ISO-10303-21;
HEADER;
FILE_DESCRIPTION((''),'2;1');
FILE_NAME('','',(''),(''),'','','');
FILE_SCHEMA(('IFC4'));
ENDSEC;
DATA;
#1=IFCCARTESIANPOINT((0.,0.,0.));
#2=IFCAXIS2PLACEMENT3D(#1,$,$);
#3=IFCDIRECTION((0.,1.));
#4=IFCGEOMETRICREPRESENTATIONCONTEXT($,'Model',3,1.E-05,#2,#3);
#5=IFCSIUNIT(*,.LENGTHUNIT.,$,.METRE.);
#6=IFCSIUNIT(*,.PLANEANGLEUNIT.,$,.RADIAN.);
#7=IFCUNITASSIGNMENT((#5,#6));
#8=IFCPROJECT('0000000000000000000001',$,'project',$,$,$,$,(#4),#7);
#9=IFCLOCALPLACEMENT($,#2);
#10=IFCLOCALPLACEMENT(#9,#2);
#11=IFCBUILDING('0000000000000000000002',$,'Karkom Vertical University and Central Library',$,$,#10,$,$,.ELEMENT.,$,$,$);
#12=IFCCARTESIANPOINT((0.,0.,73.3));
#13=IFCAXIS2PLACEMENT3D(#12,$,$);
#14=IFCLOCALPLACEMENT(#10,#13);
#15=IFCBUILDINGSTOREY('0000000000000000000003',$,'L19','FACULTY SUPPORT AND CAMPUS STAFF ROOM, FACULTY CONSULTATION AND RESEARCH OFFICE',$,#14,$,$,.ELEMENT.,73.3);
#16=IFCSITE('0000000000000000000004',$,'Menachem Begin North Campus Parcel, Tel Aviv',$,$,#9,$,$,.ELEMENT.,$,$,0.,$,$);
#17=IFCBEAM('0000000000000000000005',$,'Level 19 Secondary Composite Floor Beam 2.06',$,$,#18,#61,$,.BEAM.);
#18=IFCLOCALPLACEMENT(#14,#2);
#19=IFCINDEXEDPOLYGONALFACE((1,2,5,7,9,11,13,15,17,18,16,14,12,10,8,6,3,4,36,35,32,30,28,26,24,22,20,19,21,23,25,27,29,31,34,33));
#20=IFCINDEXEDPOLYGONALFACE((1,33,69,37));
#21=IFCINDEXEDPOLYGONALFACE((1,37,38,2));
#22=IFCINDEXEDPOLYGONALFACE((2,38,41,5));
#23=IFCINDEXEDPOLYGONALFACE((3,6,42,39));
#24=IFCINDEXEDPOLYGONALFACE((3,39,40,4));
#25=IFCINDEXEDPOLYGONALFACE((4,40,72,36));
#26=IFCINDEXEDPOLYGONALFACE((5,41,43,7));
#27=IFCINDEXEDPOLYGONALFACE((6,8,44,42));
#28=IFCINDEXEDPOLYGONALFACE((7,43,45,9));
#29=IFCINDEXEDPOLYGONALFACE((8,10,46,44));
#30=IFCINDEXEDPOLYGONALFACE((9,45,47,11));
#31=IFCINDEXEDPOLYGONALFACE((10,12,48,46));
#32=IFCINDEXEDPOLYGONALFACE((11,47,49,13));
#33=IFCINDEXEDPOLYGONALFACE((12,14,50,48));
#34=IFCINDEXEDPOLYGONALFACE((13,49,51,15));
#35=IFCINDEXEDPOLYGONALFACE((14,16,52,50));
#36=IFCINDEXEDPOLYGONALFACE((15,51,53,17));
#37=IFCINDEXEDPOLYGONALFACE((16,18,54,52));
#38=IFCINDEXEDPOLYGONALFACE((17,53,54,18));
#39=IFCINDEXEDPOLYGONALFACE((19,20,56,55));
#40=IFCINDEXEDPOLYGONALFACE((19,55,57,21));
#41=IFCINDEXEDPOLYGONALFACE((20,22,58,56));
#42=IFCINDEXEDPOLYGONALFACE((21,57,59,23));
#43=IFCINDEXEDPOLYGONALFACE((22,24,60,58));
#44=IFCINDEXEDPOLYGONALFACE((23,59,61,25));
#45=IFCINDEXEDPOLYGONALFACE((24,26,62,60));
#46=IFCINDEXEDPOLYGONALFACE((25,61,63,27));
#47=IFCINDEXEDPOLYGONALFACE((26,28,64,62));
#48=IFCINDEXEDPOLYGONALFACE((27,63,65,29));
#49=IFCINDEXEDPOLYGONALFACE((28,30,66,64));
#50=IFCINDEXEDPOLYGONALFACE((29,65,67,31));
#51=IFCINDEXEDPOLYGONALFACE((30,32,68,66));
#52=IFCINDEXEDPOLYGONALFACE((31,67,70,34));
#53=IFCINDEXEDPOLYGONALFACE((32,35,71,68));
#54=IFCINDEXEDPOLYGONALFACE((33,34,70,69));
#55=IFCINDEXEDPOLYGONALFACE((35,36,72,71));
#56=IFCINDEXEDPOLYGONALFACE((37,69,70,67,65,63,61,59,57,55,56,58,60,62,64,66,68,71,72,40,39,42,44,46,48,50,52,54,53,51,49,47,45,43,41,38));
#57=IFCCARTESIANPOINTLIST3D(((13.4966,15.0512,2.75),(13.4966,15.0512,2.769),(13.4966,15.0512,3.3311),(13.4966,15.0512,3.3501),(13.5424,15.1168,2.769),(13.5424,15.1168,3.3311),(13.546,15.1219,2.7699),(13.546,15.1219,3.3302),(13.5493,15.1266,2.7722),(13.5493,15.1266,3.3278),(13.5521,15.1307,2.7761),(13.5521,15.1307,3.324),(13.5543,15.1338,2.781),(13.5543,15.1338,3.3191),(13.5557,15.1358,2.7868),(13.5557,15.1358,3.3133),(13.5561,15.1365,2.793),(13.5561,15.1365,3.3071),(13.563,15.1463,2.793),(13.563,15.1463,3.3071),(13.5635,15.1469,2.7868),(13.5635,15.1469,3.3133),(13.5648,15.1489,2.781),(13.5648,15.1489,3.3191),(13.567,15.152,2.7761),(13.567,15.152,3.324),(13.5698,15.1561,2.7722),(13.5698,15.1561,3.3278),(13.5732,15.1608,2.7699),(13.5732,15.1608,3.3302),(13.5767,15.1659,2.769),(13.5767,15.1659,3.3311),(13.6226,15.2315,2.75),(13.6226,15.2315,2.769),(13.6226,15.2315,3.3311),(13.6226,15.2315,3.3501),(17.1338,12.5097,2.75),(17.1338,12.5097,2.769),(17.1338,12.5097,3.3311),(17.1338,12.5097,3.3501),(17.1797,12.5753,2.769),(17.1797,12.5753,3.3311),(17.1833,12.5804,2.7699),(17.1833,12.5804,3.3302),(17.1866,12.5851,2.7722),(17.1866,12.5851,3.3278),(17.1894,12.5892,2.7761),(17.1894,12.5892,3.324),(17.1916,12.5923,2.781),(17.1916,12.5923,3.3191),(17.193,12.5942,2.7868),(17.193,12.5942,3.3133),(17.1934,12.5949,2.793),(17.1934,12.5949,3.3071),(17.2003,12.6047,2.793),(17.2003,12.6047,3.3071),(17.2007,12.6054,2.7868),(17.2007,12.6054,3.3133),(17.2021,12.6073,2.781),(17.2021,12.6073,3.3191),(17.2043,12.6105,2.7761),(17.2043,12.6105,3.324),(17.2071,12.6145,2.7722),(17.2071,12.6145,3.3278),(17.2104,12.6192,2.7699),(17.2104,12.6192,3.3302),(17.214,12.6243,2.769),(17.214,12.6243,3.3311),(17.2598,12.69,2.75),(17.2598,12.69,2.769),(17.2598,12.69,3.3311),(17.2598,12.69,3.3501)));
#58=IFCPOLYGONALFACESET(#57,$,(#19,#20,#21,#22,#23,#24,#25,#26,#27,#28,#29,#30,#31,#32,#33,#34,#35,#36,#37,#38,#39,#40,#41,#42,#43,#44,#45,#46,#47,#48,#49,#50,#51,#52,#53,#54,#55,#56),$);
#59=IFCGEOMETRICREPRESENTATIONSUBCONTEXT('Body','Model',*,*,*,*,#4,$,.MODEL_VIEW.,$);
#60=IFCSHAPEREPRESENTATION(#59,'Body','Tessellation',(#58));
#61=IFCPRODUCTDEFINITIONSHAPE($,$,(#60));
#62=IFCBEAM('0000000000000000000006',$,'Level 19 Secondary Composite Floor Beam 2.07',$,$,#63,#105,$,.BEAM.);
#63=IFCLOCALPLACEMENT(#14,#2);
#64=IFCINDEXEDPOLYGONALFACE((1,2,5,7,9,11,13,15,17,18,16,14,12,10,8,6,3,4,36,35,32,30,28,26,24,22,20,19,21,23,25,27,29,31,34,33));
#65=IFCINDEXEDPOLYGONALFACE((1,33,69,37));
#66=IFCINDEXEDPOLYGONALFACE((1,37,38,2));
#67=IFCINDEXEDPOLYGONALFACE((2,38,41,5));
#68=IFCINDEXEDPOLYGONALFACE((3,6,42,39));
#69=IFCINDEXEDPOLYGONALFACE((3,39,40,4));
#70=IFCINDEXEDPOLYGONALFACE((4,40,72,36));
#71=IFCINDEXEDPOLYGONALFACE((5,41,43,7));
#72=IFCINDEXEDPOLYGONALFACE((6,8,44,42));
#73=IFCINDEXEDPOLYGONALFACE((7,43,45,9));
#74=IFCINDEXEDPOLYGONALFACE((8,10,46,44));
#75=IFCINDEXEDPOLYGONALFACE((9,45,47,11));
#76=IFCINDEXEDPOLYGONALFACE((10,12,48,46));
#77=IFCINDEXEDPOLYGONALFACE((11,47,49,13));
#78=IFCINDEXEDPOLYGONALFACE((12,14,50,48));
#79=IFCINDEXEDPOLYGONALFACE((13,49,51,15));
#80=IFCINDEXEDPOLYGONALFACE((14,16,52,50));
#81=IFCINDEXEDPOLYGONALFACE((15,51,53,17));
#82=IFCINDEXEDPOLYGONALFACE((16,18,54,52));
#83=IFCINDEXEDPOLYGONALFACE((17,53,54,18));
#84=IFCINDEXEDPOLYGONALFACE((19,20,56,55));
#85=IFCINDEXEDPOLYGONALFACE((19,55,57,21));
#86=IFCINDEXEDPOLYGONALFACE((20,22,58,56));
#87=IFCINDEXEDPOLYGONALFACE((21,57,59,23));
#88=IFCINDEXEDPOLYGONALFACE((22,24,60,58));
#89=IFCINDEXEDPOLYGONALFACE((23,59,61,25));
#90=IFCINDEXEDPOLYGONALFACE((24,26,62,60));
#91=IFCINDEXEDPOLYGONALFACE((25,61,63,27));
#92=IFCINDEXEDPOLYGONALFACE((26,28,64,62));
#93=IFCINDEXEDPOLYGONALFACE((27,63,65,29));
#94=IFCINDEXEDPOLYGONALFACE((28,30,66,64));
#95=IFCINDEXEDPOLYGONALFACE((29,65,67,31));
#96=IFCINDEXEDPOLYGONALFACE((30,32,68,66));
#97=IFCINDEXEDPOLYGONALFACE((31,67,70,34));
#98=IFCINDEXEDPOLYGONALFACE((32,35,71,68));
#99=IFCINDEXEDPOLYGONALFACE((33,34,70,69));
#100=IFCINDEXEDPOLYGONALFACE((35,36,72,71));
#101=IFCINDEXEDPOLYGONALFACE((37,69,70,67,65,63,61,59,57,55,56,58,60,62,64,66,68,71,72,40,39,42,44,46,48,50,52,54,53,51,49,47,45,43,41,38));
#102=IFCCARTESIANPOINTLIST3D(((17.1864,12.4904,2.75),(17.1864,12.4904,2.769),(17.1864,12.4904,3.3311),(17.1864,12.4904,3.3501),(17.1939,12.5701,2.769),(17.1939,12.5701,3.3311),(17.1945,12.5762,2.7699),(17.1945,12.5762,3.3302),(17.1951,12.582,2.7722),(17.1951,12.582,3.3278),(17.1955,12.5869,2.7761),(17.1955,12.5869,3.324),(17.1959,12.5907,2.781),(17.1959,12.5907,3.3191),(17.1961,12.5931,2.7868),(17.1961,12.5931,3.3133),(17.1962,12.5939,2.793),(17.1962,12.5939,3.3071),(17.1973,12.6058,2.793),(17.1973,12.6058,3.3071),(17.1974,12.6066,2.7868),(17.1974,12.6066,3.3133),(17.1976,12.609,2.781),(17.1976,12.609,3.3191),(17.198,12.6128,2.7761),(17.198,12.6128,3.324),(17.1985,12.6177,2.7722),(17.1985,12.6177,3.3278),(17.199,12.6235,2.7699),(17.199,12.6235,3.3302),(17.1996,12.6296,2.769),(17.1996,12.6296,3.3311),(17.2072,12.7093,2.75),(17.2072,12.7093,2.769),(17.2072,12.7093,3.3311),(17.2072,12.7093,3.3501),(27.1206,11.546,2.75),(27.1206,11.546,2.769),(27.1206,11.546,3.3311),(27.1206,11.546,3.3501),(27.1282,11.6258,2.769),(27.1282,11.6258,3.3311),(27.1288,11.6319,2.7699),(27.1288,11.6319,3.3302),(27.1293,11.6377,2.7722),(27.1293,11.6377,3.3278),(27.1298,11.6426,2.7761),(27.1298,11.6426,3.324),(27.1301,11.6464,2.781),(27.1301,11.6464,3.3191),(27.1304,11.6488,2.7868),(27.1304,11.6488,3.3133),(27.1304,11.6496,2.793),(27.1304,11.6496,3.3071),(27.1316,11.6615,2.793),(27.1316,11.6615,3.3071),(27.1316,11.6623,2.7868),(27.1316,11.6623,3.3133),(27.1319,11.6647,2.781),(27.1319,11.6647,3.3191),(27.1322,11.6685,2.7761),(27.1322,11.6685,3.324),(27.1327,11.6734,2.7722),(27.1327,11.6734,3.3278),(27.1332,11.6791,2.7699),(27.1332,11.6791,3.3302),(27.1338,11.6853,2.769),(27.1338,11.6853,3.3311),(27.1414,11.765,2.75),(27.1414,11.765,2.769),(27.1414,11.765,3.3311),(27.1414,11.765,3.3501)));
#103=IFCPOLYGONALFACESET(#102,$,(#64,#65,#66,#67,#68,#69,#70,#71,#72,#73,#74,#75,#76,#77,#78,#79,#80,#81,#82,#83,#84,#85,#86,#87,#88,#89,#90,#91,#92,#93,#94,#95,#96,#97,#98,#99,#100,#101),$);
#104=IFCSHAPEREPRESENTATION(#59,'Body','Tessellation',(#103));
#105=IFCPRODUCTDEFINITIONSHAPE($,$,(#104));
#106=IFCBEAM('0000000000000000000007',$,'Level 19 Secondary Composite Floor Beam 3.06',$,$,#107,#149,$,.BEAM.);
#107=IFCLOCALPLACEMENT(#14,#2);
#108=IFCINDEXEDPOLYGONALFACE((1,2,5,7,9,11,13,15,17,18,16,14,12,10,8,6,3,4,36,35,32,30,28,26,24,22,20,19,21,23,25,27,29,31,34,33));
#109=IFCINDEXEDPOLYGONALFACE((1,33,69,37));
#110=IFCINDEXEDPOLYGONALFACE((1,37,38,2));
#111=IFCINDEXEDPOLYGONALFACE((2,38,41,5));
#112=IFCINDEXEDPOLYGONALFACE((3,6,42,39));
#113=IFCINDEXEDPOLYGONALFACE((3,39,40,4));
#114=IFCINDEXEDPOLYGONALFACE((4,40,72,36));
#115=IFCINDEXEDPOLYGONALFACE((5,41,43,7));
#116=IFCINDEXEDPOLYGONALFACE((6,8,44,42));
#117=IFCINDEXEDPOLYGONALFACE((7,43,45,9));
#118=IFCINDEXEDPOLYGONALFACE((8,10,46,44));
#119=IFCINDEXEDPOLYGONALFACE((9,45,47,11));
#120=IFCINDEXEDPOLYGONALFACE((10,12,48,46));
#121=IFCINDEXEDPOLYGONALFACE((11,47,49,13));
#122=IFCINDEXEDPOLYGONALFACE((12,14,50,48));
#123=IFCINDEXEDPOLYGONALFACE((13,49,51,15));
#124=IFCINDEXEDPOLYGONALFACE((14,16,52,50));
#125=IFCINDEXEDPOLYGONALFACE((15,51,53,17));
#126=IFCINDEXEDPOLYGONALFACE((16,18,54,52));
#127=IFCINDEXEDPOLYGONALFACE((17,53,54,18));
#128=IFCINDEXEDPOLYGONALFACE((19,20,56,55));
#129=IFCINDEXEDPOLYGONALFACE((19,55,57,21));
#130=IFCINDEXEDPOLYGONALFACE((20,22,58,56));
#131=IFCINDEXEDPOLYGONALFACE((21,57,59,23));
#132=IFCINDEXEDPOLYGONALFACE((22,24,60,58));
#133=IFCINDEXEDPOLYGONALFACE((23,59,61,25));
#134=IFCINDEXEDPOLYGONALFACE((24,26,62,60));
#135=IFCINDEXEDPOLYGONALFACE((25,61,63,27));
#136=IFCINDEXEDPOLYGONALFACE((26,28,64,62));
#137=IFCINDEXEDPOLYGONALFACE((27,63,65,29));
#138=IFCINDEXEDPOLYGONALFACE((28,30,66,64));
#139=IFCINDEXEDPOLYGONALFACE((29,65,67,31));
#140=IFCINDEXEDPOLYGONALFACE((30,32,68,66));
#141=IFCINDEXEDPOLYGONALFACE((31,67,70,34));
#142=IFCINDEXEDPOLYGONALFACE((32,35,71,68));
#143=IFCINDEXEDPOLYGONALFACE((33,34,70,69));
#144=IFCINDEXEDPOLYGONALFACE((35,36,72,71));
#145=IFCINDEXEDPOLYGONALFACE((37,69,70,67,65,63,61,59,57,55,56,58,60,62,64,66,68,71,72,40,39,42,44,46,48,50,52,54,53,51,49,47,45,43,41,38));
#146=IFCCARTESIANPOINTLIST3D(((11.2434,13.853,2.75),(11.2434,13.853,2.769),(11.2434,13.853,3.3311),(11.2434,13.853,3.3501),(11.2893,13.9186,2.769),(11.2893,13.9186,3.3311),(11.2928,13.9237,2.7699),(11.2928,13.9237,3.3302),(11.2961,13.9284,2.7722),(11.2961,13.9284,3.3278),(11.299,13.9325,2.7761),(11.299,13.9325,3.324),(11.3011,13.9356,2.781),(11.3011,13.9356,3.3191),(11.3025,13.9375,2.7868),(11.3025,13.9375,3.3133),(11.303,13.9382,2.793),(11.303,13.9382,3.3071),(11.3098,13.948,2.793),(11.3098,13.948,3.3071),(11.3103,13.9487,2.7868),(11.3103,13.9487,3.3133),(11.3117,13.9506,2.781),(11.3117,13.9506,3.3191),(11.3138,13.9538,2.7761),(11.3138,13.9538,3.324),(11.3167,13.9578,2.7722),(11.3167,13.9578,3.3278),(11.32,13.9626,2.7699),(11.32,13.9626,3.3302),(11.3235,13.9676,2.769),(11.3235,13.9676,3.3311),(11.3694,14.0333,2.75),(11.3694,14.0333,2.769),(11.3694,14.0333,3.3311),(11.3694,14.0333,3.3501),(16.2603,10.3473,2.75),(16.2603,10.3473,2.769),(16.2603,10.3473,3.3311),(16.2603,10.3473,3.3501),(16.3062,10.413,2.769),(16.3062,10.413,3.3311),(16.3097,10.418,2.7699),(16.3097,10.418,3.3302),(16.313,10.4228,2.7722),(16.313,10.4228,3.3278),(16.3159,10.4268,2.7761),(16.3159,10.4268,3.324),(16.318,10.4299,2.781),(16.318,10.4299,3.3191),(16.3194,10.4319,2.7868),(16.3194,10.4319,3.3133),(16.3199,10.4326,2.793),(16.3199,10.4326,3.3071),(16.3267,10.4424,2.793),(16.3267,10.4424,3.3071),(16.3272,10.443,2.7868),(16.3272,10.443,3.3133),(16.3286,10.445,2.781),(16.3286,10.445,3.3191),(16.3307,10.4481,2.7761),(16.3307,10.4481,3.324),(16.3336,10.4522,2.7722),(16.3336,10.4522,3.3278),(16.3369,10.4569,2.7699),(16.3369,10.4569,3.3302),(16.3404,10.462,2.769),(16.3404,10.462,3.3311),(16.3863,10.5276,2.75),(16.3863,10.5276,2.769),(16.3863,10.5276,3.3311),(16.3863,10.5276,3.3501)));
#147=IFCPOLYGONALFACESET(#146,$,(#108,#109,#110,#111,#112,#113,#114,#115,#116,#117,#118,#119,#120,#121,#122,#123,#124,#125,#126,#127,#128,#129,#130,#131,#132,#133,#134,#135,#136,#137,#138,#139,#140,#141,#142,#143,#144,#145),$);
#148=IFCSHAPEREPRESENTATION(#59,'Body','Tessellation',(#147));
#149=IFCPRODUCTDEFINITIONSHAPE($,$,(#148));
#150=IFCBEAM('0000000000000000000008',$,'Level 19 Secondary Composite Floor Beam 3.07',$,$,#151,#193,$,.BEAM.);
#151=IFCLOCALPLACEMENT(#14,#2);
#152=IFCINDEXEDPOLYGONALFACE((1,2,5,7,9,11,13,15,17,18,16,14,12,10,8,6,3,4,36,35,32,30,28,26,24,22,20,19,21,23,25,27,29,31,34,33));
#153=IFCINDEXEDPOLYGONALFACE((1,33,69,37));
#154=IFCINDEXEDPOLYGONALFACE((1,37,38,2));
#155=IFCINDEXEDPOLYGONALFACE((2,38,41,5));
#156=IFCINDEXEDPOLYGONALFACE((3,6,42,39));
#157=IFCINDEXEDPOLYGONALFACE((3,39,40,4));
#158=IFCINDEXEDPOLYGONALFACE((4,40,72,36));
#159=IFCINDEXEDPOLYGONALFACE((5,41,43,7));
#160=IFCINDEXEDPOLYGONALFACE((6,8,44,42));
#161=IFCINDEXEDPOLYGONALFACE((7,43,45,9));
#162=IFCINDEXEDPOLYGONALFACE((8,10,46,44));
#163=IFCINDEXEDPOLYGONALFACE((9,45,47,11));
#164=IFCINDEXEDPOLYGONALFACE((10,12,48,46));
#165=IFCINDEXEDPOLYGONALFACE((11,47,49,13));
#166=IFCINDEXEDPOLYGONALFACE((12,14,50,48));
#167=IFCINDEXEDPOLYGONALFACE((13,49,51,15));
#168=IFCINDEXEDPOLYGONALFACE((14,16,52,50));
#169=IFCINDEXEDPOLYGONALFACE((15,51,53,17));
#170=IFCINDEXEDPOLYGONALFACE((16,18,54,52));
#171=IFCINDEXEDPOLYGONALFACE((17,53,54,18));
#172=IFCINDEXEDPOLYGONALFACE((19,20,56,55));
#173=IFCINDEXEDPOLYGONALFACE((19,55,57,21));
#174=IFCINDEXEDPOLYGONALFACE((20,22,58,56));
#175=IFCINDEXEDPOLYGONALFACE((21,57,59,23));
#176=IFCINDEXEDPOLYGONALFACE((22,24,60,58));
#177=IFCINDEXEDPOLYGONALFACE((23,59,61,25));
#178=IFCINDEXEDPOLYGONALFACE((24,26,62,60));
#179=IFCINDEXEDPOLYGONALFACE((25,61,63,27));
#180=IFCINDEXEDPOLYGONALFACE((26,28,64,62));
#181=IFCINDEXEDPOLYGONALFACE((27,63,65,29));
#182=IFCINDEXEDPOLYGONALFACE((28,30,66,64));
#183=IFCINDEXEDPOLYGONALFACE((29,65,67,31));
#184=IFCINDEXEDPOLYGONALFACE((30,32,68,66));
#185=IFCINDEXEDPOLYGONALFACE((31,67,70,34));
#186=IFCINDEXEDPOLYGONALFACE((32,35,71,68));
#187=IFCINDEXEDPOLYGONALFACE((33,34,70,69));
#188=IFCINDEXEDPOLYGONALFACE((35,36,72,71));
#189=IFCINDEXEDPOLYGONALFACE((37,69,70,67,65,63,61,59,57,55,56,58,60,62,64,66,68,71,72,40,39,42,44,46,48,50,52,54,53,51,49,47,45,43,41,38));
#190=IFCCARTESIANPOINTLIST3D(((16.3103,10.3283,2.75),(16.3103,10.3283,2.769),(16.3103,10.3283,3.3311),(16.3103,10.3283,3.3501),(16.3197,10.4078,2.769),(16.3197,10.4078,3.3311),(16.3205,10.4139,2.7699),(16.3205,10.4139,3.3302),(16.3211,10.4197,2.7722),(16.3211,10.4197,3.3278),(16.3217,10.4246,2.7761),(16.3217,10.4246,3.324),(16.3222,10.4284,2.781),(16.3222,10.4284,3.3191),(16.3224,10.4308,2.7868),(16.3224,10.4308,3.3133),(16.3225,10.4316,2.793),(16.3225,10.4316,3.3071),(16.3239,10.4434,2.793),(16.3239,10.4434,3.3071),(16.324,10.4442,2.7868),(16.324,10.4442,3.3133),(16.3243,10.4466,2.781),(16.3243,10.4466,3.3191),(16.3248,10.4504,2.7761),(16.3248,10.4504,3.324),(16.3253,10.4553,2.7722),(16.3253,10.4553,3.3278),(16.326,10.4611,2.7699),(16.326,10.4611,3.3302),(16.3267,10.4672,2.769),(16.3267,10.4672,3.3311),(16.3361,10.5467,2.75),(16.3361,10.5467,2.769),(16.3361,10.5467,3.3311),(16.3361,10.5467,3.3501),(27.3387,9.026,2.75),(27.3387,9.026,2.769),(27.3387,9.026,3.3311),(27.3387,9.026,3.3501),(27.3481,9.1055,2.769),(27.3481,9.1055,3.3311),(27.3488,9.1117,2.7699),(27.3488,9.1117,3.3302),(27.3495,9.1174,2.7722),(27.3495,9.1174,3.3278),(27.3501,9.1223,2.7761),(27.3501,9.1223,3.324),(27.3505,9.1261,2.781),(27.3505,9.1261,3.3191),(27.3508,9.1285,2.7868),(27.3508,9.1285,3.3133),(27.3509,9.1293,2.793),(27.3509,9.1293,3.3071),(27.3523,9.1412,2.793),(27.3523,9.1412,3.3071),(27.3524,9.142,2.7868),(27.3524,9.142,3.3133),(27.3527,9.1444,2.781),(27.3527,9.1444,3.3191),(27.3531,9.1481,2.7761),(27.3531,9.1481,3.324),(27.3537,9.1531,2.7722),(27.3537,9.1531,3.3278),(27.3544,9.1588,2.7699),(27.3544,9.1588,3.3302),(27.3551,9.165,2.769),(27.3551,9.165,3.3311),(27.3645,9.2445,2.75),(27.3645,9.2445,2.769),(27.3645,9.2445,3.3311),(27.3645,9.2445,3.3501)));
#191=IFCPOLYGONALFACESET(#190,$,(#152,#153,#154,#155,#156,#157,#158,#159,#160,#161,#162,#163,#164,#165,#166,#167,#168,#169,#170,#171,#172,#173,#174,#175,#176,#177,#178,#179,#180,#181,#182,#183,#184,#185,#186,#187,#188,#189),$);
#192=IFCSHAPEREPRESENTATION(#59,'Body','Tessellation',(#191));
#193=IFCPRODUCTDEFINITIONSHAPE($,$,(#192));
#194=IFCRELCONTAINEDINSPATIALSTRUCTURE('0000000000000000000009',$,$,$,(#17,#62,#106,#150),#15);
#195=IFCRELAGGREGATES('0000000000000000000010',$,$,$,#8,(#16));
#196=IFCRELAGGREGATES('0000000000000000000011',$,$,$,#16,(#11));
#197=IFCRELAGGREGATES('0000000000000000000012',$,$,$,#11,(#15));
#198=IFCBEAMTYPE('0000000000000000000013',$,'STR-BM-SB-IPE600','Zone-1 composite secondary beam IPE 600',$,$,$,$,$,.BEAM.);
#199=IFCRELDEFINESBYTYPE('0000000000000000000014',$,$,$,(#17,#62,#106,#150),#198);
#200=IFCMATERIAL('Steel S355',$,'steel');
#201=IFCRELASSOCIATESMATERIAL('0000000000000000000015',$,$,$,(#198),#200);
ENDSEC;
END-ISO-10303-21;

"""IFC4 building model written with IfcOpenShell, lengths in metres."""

from ifc_helpers import new_model, si_unit, direction, frame, origin, origin_with_axes, origin_2d, place, context, subcontext, project, spatial, i_section, extrude, source, transform, mapped, material, material_profile, profile_set, type_object, element, save


model = new_model("IFC4")

# Units and contexts
model_context = context("Model", 3, precision=1e-05, world=origin(), true_north=direction((0.0, 1.0)))
body_context = subcontext(model_context, "Body", "Model", "MODEL_VIEW")
ifc_project = project(units=[si_unit("LENGTHUNIT", "METRE"), si_unit("PLANEANGLEUNIT", "RADIAN")], contexts=[model_context])

# Site, building, storey
site_placement = place(None, origin())
site = spatial("IfcSite", under=ifc_project, at=site_placement, Name="Menachem Begin North Campus Parcel, Tel Aviv", CompositionType="ELEMENT", RefElevation=0.0)
building_placement = place(site_placement, origin())
building = spatial("IfcBuilding", under=site, at=building_placement, Name="Karkom Vertical University and Central Library", CompositionType="ELEMENT")
storey_placement = place(building_placement, frame((0.0, 0.0, 73.3)))
storey = spatial("IfcBuildingStorey", under=building, at=storey_placement, Name="L19", Description="FACULTY SUPPORT AND CAMPUS STAFF ROOM, FACULTY CONSULTATION AND RESEARCH OFFICE", CompositionType="ELEMENT", Elevation=73.3)

# Beams
ifc_material_1 = material(Name="Steel S355", Category="steel")
ifc_material_profile_1 = material_profile(ifc_material_1, i_section(OverallWidth=0.22, OverallDepth=0.6001, WebThickness=0.012, FlangeThickness=0.019, FilletRadius=0.0239, at=origin_2d()), Name="IPE 600")
ifc_profile_set_1 = profile_set([ifc_material_profile_1], Name="Steel S355")
beam_type_1 = type_object("IfcBeamType", Name="STR-BM-SB-IPE600", Description="Zone-1 composite secondary beam IPE 600", PredefinedType="BEAM", material=ifc_profile_set_1)
shared_shape_1 = source(origin_with_axes(), body_context, "Body", "SweptSolid", [
    extrude(i_section(OverallWidth=0.22, OverallDepth=0.6001, WebThickness=0.012, FlangeThickness=0.019, FilletRadius=0.0239, at=origin_2d()), origin(), (0.0, 0.0, 1.0), 4.4373),
])
beam_1_placement = place(storey_placement, frame((13.5596, 15.1414, 3.05), z_axis=(0.819712, -0.572775, 0.0), x_axis=(0.572775, 0.819712, 0.0)))
element("IfcBeam", 1, at=beam_1_placement, inside=storey, type_object=beam_type_1, Name="Level 19 Secondary Composite Floor Beam 2.06", PredefinedType="BEAM", context=body_context, shape_type="MappedRepresentation", body=[
    mapped(shared_shape_1, transform((0.0, 0.0, 0.0), scale=1.0)),
])
shared_shape_2 = source(origin_with_axes(), body_context, "Body", "SweptSolid", [
    extrude(i_section(OverallWidth=0.22, OverallDepth=0.6001, WebThickness=0.012, FlangeThickness=0.019, FilletRadius=0.0239, at=origin_2d()), origin(), (0.0, 0.0, 1.0), 9.979),
])
beam_2_placement = place(storey_placement, frame((17.1968, 12.5999, 3.05), z_axis=(0.995512, -0.094631, 0.0), x_axis=(0.094631, 0.995512, 0.0)))
element("IfcBeam", 2, at=beam_2_placement, inside=storey, type_object=beam_type_1, Name="Level 19 Secondary Composite Floor Beam 2.07", PredefinedType="BEAM", context=body_context, shape_type="MappedRepresentation", body=[
    mapped(shared_shape_2, transform((0.0, 0.0, 0.0), scale=1.0)),
])
shared_shape_3 = source(origin_with_axes(), body_context, "Body", "SweptSolid", [
    extrude(i_section(OverallWidth=0.22, OverallDepth=0.6001, WebThickness=0.012, FlangeThickness=0.019, FilletRadius=0.0239, at=origin_2d()), origin(), (0.0, 0.0, 1.0), 6.1204),
])
beam_3_placement = place(storey_placement, frame((11.3064, 13.9431, 3.05), z_axis=(0.819706, -0.572785, 0.0), x_axis=(0.572785, 0.819706, 0.0)))
element("IfcBeam", 3, at=beam_3_placement, inside=storey, type_object=beam_type_1, Name="Level 19 Secondary Composite Floor Beam 3.06", PredefinedType="BEAM", context=body_context, shape_type="MappedRepresentation", body=[
    mapped(shared_shape_3, transform((0.0, 0.0, 0.0), scale=1.0)),
])
shared_shape_4 = source(origin_with_axes(), body_context, "Body", "SweptSolid", [
    extrude(i_section(OverallWidth=0.22, OverallDepth=0.6001, WebThickness=0.012, FlangeThickness=0.019, FilletRadius=0.0239, at=origin_2d()), origin(), (0.0, 0.0, 1.0), 11.105),
])
beam_4_placement = place(storey_placement, frame((16.3232, 10.4375, 3.05), z_axis=(0.9931, -0.117267, 0.0), x_axis=(0.117267, 0.9931, 0.0)))
element("IfcBeam", 4, at=beam_4_placement, inside=storey, type_object=beam_type_1, Name="Level 19 Secondary Composite Floor Beam 3.07", PredefinedType="BEAM", context=body_context, shape_type="MappedRepresentation", body=[
    mapped(shared_shape_4, transform((0.0, 0.0, 0.0), scale=1.0)),
])

save(model, "model.ifc")
